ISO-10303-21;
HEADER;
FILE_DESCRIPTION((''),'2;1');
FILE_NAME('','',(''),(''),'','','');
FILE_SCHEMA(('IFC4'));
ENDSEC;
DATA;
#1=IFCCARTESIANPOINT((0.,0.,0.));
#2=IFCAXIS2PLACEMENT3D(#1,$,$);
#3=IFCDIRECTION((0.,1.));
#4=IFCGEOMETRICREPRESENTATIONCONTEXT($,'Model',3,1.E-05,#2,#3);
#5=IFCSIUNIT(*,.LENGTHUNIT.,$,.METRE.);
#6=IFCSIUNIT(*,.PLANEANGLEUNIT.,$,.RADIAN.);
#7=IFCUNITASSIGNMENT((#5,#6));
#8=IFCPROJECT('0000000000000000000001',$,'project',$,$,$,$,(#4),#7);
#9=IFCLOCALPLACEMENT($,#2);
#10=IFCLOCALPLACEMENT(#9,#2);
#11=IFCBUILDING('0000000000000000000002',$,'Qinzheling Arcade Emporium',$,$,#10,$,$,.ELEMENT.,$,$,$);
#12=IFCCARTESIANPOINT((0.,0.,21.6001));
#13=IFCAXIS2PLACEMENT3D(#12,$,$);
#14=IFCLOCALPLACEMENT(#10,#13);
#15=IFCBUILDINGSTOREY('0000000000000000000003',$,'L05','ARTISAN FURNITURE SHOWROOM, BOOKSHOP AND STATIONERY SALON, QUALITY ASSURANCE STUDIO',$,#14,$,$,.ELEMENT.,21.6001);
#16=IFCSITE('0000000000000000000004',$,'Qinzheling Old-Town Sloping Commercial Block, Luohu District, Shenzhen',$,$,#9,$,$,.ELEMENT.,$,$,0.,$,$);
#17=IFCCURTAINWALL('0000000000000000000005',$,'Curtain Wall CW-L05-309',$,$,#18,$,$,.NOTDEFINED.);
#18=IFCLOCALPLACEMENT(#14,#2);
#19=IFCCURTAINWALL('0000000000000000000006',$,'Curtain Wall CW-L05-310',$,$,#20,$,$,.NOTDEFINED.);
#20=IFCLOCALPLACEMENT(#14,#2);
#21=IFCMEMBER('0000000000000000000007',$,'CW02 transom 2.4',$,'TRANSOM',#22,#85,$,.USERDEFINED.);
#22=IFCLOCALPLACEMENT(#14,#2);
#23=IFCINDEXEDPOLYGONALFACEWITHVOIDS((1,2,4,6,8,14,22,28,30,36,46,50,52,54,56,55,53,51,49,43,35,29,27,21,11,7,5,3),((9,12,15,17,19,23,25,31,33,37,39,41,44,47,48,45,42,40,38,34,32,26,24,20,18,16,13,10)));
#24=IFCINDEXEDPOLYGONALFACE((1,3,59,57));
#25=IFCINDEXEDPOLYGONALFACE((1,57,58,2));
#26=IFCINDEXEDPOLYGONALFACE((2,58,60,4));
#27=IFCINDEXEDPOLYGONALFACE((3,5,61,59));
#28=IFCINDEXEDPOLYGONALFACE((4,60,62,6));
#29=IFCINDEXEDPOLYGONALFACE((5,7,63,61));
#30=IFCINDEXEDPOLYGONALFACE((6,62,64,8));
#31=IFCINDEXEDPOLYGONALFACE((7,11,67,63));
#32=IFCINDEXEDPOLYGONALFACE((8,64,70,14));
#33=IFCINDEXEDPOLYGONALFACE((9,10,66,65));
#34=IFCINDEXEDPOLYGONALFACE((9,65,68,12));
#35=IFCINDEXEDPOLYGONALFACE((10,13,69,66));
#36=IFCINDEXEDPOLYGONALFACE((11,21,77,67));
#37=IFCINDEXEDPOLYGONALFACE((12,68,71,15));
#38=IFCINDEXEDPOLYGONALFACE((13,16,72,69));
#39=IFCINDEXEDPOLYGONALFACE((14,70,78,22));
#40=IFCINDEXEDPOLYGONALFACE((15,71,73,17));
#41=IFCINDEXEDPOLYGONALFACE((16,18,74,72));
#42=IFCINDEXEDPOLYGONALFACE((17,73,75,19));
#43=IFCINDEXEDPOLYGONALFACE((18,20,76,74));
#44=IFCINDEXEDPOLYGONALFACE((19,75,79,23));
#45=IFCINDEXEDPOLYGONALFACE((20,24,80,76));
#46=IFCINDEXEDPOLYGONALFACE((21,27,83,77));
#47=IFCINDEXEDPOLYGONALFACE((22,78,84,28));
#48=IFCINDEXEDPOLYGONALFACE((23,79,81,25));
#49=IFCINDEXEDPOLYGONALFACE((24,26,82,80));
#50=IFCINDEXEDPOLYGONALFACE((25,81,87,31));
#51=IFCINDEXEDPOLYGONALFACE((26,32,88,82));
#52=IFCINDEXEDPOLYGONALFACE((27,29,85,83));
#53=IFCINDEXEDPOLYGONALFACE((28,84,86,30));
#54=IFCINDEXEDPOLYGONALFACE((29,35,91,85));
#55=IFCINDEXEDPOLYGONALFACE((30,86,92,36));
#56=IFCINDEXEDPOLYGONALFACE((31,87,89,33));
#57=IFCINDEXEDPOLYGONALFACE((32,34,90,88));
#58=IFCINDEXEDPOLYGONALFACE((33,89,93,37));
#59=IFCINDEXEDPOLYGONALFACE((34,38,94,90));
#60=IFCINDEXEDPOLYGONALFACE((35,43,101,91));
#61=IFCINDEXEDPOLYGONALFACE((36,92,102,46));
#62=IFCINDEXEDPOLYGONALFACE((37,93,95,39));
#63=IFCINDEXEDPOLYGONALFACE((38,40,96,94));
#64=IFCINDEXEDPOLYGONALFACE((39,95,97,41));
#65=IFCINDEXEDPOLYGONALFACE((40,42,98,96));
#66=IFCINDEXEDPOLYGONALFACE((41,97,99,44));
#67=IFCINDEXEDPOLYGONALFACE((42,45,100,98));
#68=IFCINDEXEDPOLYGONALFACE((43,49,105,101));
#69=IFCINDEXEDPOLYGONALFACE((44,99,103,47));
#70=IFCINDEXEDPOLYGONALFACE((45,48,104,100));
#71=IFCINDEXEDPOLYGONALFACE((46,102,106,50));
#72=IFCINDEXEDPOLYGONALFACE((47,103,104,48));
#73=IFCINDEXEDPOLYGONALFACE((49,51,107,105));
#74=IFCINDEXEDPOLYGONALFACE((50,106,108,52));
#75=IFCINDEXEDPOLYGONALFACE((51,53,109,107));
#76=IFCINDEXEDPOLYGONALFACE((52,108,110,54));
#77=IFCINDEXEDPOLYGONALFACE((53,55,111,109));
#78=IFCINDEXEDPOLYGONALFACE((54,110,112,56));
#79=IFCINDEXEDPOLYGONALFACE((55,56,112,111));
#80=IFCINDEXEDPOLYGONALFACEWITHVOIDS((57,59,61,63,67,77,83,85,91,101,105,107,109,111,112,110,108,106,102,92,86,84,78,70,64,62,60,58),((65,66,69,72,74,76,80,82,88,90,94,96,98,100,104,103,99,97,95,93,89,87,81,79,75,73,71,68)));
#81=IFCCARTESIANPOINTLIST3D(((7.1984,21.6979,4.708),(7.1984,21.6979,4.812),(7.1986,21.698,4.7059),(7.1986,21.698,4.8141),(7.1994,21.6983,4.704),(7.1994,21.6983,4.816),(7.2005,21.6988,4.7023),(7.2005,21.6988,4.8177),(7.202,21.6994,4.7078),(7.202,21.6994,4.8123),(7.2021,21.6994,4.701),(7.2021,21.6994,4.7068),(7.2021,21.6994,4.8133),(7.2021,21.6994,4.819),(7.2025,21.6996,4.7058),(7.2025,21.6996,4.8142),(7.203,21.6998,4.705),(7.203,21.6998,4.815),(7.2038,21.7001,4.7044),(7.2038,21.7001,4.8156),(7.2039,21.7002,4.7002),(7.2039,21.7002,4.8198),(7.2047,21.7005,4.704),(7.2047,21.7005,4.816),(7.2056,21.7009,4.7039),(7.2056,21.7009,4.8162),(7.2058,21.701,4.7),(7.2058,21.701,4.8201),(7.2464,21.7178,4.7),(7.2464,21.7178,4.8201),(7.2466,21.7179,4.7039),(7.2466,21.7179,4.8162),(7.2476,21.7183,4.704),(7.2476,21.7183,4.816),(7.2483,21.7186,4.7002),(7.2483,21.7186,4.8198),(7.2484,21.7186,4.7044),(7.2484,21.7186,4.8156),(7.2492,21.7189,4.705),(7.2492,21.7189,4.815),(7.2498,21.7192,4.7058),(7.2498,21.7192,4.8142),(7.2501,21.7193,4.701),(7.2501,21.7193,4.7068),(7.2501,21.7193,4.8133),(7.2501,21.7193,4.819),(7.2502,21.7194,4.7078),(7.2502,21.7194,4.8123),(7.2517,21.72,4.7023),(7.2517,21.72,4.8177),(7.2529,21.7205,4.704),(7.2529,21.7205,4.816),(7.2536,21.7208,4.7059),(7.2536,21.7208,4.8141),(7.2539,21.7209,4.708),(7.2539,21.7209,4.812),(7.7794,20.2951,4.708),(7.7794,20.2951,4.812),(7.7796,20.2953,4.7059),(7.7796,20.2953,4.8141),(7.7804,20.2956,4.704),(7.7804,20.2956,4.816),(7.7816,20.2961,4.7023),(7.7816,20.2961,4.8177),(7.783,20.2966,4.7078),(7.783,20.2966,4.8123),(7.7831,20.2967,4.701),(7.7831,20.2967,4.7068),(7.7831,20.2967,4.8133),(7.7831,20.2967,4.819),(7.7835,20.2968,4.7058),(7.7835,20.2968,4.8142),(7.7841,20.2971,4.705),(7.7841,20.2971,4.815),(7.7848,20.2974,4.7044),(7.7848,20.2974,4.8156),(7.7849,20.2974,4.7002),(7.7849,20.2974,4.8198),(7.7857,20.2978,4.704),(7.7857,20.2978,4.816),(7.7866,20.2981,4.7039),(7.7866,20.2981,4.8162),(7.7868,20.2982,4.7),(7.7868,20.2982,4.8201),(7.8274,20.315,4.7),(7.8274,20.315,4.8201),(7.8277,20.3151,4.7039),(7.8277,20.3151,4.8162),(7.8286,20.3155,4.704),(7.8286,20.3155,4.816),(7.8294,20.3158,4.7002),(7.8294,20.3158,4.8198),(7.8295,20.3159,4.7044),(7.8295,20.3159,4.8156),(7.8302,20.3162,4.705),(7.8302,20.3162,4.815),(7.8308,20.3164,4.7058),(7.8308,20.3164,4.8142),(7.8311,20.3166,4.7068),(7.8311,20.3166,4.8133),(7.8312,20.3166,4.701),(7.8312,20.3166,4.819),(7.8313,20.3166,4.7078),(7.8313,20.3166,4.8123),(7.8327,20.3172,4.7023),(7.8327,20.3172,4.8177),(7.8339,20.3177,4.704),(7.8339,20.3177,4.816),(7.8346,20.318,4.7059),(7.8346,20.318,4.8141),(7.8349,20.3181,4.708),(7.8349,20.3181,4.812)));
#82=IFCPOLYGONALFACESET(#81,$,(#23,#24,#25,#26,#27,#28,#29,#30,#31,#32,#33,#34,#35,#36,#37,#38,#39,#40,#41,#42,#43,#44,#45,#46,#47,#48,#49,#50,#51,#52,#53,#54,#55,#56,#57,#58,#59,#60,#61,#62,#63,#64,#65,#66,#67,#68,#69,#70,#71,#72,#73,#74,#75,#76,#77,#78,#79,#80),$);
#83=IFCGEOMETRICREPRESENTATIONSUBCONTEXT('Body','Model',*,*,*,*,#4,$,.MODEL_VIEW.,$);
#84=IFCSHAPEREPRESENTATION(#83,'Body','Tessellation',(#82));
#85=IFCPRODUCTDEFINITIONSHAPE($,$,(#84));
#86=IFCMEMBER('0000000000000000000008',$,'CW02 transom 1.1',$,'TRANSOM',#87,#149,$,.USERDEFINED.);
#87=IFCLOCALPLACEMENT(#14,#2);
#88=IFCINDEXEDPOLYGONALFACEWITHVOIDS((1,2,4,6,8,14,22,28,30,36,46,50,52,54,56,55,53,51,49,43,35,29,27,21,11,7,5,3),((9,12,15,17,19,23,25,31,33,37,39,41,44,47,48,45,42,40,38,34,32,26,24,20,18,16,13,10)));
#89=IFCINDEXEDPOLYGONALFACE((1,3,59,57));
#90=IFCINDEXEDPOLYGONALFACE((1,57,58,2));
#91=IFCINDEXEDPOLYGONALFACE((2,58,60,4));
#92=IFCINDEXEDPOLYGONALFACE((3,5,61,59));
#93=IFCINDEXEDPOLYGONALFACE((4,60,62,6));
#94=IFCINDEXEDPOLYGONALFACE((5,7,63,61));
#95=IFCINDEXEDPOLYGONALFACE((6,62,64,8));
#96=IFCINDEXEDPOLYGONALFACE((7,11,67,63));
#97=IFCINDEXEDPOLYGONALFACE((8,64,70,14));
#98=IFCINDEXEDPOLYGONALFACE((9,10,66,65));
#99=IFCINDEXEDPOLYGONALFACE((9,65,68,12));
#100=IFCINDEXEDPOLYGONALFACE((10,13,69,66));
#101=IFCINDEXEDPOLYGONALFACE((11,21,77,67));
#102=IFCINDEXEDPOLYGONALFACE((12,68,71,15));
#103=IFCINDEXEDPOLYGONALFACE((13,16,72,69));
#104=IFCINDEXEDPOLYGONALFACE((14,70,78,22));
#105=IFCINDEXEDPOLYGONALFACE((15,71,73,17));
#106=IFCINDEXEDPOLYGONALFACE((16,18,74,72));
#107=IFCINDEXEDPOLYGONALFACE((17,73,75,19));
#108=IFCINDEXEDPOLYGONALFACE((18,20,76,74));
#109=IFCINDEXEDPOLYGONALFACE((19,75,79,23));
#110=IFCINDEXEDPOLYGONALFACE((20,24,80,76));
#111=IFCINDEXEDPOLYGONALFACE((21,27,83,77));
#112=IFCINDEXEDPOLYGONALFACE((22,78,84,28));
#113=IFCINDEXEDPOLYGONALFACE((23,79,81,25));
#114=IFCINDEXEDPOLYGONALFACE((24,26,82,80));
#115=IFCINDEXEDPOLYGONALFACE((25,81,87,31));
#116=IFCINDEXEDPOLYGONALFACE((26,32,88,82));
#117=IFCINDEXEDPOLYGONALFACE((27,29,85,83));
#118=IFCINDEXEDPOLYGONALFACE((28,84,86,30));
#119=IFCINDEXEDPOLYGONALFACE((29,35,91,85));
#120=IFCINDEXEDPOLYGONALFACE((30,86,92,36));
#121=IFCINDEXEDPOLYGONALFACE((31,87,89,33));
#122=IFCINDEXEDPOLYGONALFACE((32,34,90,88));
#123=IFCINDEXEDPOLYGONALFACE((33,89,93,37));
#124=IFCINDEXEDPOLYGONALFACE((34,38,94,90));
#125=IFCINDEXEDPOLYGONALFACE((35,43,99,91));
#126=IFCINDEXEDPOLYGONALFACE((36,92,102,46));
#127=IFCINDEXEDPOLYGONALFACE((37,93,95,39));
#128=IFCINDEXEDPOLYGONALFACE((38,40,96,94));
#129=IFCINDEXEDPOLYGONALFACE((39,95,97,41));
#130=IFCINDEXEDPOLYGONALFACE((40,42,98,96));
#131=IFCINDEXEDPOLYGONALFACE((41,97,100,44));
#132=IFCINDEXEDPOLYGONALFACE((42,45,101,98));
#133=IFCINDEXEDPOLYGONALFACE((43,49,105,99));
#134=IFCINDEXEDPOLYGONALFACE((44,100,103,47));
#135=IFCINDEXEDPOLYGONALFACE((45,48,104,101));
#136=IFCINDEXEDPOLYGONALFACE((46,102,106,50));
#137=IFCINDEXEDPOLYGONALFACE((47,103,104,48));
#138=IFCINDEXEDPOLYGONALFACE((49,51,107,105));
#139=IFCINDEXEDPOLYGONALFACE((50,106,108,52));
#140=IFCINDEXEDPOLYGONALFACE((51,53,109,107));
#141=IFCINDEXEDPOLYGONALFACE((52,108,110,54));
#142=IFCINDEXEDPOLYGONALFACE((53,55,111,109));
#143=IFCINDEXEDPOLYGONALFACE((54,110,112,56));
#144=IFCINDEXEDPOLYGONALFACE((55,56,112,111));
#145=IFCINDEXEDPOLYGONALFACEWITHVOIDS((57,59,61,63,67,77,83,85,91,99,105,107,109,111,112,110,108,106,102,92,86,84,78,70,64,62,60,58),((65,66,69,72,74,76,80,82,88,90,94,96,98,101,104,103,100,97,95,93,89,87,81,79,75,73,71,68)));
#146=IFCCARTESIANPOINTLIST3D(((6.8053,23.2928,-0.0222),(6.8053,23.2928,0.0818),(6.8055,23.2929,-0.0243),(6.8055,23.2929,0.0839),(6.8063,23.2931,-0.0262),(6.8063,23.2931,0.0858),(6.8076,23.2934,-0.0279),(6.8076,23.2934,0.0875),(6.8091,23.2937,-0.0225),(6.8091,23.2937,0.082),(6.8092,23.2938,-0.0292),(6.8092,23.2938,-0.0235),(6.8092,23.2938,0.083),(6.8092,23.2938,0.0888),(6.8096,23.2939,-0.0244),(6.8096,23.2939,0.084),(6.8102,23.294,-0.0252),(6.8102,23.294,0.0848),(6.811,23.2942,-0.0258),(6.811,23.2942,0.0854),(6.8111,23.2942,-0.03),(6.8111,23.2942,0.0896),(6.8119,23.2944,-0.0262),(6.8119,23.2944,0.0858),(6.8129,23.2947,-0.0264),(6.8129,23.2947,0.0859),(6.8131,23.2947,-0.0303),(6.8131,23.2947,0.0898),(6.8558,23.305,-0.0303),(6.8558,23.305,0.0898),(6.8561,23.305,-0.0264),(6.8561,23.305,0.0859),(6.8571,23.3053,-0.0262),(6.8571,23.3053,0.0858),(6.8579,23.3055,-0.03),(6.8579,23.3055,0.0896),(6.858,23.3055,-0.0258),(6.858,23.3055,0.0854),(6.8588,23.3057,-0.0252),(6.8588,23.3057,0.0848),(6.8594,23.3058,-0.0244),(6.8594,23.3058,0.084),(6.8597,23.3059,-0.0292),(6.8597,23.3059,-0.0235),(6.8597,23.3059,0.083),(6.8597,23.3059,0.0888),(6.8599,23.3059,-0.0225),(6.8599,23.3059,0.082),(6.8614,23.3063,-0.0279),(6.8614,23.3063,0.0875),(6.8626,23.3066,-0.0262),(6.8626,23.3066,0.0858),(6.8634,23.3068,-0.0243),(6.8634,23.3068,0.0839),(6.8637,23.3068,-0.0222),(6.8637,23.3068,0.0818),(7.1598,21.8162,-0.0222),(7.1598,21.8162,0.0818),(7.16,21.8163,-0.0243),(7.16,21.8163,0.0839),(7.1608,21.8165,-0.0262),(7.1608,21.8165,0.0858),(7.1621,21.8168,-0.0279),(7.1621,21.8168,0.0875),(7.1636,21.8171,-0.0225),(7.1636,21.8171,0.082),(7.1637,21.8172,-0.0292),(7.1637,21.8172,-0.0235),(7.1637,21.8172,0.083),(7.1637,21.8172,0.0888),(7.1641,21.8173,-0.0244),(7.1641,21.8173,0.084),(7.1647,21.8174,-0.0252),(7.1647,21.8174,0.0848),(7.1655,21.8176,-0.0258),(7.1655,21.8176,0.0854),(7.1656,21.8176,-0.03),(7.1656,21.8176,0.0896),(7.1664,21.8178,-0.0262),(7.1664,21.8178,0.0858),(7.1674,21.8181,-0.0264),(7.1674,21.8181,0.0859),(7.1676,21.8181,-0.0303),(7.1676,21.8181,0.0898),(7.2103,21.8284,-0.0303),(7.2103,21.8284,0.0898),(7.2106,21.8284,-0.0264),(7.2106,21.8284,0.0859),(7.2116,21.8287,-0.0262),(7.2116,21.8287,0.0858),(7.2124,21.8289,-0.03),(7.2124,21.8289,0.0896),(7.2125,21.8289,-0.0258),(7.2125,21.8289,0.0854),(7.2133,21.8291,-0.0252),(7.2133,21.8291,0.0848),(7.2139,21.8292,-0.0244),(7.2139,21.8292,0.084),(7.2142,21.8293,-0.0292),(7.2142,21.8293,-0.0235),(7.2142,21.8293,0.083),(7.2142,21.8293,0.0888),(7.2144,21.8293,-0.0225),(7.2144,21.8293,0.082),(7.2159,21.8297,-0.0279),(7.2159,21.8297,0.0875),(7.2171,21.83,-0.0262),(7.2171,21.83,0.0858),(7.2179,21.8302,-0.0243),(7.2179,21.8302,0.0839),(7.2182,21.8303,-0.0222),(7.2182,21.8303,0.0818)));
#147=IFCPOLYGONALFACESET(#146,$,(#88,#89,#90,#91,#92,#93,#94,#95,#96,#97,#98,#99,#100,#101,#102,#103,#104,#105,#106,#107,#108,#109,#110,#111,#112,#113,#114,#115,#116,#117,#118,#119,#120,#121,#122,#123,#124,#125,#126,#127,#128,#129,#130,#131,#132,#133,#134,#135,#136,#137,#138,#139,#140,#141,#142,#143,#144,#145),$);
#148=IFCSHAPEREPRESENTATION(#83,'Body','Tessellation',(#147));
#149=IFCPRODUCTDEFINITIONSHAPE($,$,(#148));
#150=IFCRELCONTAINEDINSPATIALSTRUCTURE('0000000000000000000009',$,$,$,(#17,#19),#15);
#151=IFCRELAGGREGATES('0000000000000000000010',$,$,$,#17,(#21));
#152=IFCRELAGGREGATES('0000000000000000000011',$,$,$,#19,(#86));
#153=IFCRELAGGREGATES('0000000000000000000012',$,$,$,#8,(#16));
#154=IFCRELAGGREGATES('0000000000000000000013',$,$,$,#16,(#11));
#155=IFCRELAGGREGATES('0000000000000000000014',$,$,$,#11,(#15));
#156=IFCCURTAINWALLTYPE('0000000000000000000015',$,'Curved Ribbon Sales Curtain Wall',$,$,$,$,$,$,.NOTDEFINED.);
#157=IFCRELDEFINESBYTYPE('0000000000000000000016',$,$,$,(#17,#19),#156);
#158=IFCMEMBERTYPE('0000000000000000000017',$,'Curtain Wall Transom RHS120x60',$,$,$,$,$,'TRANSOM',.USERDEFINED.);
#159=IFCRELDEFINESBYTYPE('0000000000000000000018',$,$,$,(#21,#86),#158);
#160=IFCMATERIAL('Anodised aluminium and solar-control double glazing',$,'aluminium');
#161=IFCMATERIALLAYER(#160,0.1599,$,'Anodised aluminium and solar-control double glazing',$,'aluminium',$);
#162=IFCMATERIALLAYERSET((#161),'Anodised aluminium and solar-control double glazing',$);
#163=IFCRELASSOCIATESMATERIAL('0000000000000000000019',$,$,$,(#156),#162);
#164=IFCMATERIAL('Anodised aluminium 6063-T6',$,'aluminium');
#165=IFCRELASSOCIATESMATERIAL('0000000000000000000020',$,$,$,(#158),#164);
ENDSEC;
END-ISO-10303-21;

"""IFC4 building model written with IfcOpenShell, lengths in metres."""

from ifc_helpers import new_model, si_unit, direction, frame, origin, origin_2d, place, context, subcontext, project, spatial, hollow_rectangle, extrude, material, layer, layer_set, material_profile, profile_set, type_object, element, aggregate, save


model = new_model("IFC4")

# Units and contexts
model_context = context("Model", 3, precision=1e-05, world=origin(), true_north=direction((0.0, 1.0)))
body_context = subcontext(model_context, "Body", "Model", "MODEL_VIEW")
ifc_project = project(units=[si_unit("LENGTHUNIT", "METRE"), si_unit("PLANEANGLEUNIT", "RADIAN")], contexts=[model_context])

# Site, building, storey
site_placement = place(None, origin())
site = spatial("IfcSite", under=ifc_project, at=site_placement, Name="Qinzheling Old-Town Sloping Commercial Block, Luohu District, Shenzhen", CompositionType="ELEMENT", RefElevation=0.0)
building_placement = place(site_placement, origin())
building = spatial("IfcBuilding", under=site, at=building_placement, Name="Qinzheling Arcade Emporium", CompositionType="ELEMENT")
storey_placement = place(building_placement, frame((0.0, 0.0, 21.6001)))
storey = spatial("IfcBuildingStorey", under=building, at=storey_placement, Name="L05", Description="ARTISAN FURNITURE SHOWROOM, BOOKSHOP AND STATIONERY SALON, QUALITY ASSURANCE STUDIO", CompositionType="ELEMENT", Elevation=21.6001)

# Curtain walls
ifc_material_1 = material(Name="Anodised aluminium and solar-control double glazing", Category="aluminium")
ifc_layer_1 = layer(ifc_material_1, 0.1599, Name="Anodised aluminium and solar-control double glazing", Category="aluminium")
ifc_layer_set_1 = layer_set([ifc_layer_1], Name="Anodised aluminium and solar-control double glazing")
curtain_wall_type = type_object("IfcCurtainWallType", Name="Curved Ribbon Sales Curtain Wall", PredefinedType="NOTDEFINED", material=ifc_layer_set_1)
curtain_wall_1_placement = place(storey_placement, origin())
curtain_wall_1 = element("IfcCurtainWall", 1, at=curtain_wall_1_placement, inside=storey, type_object=curtain_wall_type, Name="Curtain Wall CW-L05-309", PredefinedType="NOTDEFINED")
ifc_material_2 = material(Name="Anodised aluminium 6063-T6", Category="aluminium")
curtain_wall_2_placement = place(storey_placement, origin())
curtain_wall_2 = element("IfcCurtainWall", 2, at=curtain_wall_2_placement, inside=storey, type_object=curtain_wall_type, Name="Curtain Wall CW-L05-310", PredefinedType="NOTDEFINED")

# Members
ifc_material_profile_1 = material_profile(ifc_material_2, hollow_rectangle(XDim=0.0601, YDim=0.1201, WallThickness=0.0039, InnerFilletRadius=0.0039, OuterFilletRadius=0.0081, at=origin_2d()), Name="RHS 120x60x4", Category="aluminium")
ifc_profile_set_1 = profile_set([ifc_material_profile_1], Name="Anodised aluminium 6063-T6")
member_type_1 = type_object("IfcMemberType", Name="Curtain Wall Transom RHS120x60", ElementType="TRANSOM", PredefinedType="USERDEFINED", material=ifc_profile_set_1)
member_1_placement = place(storey_placement, frame((7.8071, 20.3066, 4.76), z_axis=(-0.382674, 0.923884, 0.0), x_axis=(-0.923884, -0.382674, 0.0)))
member_1 = element("IfcMember", 3, at=member_1_placement, type_object=member_type_1, Name="CW02 transom 2.4", ObjectType="TRANSOM", PredefinedType="USERDEFINED", context=body_context, shape_type="SweptSolid", body=[
    extrude(hollow_rectangle(XDim=0.0601, YDim=0.1201, WallThickness=0.0039, InnerFilletRadius=0.0039, OuterFilletRadius=0.0081, at=origin_2d()), origin(), (0.0, 0.0, 1.0), 1.5183),
])
member_2_placement = place(storey_placement, frame((7.189, 21.8232, 0.0298), z_axis=(-0.233446, 0.97237, 0.0), x_axis=(-0.97237, -0.233446, 0.0)))
member_2 = element("IfcMember", 4, at=member_2_placement, type_object=member_type_1, Name="CW02 transom 1.1", ObjectType="TRANSOM", PredefinedType="USERDEFINED", context=body_context, shape_type="SweptSolid", body=[
    extrude(hollow_rectangle(XDim=0.0601, YDim=0.1201, WallThickness=0.0039, InnerFilletRadius=0.0039, OuterFilletRadius=0.0081, at=origin_2d()), origin(), (0.0, 0.0, 1.0), 1.5186),
])

aggregate(curtain_wall_1, [member_1])
aggregate(curtain_wall_2, [member_2])

save(model, "model.ifc")
